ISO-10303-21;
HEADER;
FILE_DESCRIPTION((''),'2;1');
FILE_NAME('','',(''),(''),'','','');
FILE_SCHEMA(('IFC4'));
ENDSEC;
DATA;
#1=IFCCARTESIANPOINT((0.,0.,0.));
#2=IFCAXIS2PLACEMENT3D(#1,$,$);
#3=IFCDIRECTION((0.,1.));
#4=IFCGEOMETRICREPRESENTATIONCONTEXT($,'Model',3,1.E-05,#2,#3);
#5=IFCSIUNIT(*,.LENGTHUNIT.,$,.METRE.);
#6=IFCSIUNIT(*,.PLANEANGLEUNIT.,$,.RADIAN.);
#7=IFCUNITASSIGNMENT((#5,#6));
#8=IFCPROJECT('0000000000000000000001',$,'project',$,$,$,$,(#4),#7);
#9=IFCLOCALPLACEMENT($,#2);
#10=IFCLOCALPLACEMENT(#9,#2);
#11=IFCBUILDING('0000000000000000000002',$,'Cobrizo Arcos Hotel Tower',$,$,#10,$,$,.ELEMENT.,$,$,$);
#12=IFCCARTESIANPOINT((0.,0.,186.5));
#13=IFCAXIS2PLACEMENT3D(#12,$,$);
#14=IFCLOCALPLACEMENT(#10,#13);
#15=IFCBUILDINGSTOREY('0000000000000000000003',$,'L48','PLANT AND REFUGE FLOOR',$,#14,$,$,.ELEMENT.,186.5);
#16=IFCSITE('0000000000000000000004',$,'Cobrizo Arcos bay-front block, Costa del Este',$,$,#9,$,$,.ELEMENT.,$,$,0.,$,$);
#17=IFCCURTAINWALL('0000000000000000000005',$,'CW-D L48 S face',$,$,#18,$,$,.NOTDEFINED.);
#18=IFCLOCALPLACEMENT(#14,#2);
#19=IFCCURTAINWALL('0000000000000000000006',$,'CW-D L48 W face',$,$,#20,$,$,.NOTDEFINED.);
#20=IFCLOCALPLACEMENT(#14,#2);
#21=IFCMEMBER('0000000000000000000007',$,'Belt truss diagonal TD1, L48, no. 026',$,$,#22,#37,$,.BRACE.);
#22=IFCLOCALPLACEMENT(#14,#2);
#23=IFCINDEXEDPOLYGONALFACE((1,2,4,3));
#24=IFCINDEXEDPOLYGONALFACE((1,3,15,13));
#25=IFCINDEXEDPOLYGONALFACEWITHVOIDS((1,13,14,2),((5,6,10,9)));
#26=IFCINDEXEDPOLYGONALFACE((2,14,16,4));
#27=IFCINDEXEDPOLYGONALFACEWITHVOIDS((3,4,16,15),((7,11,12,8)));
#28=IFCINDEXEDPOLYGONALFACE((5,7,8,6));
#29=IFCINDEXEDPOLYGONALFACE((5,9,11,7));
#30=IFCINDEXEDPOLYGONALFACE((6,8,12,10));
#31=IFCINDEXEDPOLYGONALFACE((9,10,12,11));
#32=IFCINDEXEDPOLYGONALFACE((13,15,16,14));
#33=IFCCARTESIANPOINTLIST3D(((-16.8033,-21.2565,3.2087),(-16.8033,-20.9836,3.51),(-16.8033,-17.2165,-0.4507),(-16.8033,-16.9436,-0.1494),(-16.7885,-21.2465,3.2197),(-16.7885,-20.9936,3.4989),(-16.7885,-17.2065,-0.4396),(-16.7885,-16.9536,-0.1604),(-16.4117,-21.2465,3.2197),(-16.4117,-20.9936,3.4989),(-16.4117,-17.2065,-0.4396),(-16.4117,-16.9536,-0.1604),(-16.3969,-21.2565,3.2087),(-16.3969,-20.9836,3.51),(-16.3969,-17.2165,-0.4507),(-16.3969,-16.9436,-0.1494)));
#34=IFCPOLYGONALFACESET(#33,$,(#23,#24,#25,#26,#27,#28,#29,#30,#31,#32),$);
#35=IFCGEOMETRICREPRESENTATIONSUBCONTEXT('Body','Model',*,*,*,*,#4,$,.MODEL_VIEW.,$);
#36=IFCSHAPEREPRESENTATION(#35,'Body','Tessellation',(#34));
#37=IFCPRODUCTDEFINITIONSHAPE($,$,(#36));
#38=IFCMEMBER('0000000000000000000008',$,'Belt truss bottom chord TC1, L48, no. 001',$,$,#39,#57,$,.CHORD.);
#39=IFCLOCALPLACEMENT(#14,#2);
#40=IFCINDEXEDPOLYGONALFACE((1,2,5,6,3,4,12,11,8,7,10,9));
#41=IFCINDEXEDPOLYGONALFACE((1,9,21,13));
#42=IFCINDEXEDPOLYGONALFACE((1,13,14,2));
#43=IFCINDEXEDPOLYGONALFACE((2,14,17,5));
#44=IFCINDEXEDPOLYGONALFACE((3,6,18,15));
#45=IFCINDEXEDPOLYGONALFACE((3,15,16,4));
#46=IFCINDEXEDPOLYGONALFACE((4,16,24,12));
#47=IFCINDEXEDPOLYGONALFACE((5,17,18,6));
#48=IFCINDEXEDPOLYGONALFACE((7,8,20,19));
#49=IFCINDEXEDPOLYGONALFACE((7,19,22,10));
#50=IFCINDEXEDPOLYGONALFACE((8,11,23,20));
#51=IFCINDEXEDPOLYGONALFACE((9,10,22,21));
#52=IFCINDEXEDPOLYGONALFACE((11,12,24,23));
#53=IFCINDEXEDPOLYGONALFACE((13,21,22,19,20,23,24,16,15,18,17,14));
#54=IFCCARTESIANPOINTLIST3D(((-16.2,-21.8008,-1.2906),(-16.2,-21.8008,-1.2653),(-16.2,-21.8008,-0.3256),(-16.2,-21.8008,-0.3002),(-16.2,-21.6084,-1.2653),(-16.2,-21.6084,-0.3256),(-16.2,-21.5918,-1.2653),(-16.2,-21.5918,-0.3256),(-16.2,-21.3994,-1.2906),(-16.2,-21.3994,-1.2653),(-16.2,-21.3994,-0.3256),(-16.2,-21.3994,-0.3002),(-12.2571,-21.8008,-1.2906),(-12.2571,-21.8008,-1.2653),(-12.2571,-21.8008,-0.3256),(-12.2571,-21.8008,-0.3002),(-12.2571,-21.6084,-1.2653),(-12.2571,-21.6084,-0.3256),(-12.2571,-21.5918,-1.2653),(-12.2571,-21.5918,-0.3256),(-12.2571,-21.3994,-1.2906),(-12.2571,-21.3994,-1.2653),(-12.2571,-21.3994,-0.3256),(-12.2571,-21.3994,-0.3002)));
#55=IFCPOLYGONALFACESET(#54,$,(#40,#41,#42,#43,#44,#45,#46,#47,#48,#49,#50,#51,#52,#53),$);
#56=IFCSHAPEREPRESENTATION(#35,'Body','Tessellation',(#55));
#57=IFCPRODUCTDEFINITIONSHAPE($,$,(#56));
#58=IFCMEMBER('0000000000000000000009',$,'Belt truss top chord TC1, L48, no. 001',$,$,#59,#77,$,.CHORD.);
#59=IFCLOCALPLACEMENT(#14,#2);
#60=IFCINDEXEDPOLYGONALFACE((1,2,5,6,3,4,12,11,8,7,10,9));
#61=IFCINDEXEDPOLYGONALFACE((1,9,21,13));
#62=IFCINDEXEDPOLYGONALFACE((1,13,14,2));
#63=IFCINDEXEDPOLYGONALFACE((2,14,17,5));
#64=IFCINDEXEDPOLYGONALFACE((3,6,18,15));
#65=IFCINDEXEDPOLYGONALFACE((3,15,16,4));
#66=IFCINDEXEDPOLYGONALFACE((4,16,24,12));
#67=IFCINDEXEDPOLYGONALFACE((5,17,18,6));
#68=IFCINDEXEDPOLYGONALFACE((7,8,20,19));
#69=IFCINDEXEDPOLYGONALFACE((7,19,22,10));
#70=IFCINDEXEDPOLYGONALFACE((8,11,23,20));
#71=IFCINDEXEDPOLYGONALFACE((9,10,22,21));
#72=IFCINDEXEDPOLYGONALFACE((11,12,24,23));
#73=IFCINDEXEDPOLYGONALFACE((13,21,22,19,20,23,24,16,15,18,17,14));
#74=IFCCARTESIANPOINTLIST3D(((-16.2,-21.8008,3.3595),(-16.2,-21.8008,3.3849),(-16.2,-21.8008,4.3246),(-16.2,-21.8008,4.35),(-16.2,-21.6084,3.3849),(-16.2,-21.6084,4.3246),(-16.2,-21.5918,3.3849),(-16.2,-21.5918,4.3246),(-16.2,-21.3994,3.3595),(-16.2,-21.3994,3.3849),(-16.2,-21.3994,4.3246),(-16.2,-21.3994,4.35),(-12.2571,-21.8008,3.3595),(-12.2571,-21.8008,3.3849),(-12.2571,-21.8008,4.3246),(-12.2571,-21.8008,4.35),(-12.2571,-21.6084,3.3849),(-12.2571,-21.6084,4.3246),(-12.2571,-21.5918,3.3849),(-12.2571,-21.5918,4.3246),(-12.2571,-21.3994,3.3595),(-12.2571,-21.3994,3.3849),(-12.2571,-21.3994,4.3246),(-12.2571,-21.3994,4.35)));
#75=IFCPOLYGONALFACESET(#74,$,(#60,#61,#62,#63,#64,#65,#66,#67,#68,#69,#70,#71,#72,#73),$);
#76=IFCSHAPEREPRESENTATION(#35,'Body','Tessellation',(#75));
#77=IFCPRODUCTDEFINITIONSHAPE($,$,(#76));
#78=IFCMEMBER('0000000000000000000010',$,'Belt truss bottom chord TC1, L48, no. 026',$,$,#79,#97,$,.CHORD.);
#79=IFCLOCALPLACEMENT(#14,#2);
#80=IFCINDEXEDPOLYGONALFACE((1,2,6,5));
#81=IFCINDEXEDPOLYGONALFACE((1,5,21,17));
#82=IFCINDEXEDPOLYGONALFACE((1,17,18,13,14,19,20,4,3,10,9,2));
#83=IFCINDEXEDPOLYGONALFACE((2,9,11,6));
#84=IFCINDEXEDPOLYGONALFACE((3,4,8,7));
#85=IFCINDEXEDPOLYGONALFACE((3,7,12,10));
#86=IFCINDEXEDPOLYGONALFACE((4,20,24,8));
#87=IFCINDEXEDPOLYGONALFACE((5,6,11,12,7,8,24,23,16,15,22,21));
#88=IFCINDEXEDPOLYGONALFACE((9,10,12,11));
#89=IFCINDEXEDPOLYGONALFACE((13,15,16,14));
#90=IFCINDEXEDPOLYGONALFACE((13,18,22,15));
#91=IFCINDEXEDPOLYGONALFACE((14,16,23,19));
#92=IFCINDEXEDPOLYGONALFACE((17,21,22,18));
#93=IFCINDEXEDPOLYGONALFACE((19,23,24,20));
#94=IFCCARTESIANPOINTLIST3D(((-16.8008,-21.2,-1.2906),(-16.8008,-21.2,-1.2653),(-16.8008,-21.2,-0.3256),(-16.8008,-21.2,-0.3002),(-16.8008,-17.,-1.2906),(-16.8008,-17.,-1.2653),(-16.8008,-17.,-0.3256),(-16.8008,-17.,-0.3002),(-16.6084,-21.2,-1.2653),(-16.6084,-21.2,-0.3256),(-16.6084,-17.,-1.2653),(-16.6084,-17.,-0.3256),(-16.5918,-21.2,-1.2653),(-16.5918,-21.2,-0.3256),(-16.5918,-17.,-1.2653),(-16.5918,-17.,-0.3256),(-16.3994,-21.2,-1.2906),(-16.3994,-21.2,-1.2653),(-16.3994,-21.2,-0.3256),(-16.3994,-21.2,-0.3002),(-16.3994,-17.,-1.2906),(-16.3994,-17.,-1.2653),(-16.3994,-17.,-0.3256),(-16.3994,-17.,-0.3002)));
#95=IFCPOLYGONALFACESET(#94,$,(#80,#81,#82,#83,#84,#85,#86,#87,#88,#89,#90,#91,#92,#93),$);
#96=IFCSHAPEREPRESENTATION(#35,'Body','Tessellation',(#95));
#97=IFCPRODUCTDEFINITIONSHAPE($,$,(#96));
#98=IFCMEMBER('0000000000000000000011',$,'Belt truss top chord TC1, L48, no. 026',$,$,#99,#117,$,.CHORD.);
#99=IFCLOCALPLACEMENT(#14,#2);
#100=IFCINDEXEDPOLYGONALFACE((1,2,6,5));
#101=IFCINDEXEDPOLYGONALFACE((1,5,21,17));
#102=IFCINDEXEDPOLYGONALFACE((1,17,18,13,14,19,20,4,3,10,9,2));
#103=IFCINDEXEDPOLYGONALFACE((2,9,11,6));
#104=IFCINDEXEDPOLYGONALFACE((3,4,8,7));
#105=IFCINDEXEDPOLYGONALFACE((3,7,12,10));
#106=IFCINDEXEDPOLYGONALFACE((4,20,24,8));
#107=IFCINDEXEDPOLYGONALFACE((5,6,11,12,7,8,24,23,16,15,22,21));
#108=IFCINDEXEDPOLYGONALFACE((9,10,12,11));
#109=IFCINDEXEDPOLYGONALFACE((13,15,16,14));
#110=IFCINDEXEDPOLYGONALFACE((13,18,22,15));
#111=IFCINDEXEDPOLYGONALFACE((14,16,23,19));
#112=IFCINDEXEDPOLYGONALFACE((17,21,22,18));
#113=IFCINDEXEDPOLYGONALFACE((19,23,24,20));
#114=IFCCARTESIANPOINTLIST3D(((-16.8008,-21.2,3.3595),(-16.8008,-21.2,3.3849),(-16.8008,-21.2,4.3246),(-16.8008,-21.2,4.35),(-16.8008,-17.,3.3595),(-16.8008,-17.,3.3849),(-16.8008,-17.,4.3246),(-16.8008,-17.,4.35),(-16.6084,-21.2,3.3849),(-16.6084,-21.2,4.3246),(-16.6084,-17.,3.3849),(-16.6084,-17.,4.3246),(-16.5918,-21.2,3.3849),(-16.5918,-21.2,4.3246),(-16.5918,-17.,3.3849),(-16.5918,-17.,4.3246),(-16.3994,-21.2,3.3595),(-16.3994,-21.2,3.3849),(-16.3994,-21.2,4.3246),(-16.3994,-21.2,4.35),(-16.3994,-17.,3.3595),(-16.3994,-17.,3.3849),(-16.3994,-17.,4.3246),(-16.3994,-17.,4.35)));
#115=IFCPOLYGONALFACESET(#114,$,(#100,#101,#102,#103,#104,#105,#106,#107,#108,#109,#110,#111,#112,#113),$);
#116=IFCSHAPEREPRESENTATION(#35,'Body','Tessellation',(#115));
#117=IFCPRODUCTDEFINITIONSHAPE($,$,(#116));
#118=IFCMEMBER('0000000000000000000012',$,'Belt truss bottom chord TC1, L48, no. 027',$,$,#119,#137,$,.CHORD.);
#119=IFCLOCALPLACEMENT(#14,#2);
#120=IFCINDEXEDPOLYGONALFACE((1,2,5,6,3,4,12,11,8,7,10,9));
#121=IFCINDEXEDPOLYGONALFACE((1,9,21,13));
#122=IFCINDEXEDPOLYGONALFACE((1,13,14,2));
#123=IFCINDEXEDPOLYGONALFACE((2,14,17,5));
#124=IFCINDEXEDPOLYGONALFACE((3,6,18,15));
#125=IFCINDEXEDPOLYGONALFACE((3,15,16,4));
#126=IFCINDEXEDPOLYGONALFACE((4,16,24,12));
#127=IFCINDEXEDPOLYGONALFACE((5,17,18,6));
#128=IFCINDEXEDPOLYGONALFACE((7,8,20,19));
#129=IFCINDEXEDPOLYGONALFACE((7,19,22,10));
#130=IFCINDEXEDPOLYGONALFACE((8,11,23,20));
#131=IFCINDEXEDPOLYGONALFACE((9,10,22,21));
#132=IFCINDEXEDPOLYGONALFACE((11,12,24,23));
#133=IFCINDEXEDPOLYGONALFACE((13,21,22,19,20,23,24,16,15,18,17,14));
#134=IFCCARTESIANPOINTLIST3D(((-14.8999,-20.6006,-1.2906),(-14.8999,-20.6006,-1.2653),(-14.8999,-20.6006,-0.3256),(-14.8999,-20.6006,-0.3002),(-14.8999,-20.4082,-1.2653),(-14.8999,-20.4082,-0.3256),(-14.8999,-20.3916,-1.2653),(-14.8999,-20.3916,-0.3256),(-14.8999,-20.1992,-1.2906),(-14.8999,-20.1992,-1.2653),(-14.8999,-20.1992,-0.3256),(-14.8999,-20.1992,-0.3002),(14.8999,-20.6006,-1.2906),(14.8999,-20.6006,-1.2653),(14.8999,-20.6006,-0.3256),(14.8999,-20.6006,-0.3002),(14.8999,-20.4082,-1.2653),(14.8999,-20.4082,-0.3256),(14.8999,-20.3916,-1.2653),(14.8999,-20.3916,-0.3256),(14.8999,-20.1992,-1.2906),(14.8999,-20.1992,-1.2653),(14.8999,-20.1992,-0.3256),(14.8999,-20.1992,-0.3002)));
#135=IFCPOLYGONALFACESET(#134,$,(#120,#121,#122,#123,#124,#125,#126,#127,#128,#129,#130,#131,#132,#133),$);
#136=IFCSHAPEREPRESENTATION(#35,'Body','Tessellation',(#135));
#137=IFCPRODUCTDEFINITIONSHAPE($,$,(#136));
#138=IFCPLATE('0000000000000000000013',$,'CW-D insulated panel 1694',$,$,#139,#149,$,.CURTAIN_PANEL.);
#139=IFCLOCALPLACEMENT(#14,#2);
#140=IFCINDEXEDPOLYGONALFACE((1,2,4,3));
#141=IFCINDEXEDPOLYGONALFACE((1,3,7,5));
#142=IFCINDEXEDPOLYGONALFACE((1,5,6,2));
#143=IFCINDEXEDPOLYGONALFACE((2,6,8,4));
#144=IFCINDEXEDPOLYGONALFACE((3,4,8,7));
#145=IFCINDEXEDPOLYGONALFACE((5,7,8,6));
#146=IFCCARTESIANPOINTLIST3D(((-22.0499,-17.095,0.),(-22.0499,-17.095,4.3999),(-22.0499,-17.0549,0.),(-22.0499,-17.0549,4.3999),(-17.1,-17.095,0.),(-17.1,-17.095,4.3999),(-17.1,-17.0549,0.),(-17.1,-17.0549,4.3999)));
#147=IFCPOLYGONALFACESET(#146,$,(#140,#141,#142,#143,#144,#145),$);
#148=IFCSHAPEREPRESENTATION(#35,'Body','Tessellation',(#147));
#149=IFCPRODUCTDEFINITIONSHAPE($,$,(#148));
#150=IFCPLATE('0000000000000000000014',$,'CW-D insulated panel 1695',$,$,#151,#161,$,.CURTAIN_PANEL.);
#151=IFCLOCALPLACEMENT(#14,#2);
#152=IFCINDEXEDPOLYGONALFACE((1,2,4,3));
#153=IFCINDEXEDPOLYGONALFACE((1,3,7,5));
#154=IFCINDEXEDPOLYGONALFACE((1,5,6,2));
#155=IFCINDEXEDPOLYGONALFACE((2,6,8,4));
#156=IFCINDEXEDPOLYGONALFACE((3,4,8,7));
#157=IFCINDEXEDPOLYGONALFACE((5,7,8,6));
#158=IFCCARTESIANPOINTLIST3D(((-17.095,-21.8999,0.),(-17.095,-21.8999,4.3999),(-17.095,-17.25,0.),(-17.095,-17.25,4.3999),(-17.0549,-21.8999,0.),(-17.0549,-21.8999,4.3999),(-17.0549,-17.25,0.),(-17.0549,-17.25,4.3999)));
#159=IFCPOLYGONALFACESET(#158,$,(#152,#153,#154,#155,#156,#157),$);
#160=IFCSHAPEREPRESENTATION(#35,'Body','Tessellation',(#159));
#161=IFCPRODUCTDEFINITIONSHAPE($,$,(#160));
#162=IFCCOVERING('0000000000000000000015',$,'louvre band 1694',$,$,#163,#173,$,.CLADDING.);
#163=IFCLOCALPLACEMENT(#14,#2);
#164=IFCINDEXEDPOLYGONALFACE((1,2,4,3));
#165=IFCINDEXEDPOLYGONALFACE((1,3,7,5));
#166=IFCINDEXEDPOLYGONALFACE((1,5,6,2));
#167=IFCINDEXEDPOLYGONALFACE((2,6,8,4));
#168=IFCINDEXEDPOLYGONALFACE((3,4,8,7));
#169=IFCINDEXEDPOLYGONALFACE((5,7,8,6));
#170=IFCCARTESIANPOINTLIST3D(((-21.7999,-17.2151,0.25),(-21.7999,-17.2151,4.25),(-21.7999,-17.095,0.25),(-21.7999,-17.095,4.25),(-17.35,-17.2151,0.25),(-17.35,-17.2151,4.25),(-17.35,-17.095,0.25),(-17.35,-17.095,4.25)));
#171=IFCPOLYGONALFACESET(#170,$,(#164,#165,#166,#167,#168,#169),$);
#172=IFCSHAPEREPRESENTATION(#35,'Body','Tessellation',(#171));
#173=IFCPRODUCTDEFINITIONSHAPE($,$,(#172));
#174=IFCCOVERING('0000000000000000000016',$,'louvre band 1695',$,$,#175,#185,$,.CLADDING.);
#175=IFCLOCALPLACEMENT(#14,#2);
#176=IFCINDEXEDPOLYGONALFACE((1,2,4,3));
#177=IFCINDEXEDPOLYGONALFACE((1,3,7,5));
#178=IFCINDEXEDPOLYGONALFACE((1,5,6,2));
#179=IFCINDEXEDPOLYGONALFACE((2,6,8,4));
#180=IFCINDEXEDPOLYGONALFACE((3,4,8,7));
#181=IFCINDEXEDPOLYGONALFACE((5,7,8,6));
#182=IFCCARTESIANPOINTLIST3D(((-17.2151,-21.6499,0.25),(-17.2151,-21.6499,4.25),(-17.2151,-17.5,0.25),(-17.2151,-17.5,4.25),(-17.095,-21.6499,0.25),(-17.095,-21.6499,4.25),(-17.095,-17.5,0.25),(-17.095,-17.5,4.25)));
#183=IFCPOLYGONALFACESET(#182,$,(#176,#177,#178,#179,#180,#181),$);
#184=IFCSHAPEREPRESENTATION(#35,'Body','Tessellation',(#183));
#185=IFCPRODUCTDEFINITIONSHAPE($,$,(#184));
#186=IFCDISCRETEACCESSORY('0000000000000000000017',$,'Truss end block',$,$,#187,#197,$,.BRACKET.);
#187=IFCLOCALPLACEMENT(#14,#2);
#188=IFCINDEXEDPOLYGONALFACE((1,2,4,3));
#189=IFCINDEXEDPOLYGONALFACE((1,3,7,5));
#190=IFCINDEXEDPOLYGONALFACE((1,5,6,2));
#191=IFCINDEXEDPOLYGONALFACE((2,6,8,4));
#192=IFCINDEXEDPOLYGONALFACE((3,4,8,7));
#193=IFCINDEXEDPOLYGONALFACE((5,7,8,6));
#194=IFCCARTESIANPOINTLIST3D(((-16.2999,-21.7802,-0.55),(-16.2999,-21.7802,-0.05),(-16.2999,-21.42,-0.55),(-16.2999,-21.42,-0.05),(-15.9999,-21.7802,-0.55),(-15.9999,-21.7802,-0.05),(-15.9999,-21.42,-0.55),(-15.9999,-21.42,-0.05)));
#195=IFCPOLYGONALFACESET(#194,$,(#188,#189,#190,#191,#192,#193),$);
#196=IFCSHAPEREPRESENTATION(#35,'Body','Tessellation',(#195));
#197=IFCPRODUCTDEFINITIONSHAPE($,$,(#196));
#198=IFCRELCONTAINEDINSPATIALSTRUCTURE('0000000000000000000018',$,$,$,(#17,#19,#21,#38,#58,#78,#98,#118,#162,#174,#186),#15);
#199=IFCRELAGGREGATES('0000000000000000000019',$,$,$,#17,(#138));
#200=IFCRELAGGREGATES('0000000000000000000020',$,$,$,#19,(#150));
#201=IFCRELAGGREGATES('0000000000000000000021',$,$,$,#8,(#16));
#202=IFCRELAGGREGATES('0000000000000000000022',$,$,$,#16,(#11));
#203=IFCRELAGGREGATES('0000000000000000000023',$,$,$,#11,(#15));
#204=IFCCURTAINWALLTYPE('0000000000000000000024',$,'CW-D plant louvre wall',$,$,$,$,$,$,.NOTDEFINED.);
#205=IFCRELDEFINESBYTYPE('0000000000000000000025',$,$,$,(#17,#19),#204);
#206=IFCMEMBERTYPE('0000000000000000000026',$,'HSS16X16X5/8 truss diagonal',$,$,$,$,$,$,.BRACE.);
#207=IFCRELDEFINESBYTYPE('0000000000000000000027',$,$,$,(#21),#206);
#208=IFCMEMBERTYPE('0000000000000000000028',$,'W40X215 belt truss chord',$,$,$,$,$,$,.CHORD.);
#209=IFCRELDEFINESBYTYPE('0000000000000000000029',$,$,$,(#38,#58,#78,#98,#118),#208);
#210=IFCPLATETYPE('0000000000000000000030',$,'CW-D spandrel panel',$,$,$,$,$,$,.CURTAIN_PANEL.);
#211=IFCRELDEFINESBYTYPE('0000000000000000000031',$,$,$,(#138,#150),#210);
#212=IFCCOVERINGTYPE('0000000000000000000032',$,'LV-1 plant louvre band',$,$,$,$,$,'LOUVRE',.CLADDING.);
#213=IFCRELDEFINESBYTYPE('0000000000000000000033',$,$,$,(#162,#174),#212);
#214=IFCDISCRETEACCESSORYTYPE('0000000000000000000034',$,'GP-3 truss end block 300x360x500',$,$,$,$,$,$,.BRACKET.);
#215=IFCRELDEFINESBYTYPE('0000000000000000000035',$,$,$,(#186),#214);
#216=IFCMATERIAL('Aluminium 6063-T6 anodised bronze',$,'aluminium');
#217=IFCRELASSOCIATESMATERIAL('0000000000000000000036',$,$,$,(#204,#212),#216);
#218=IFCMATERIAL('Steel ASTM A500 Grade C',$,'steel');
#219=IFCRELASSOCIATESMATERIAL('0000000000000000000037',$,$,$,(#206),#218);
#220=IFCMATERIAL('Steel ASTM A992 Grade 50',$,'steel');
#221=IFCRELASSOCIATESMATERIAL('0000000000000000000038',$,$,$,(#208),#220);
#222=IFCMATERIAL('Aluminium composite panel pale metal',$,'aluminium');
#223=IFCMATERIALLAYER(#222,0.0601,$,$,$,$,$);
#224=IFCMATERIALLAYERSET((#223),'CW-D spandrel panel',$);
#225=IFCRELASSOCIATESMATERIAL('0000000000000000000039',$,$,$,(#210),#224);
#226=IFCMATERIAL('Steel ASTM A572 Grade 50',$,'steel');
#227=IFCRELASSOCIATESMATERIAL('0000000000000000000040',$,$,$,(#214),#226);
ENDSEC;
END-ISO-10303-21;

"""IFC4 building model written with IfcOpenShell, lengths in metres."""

from ifc_helpers import new_model, si_unit, direction, frame, origin, origin_2d, place, context, subcontext, project, spatial, rectangle, hollow_rectangle, i_section, extrude, material, layer, layer_set, material_profile, profile_set, type_object, element, aggregate, save


model = new_model("IFC4")

# Units and contexts
model_context = context("Model", 3, precision=1e-05, world=origin(), true_north=direction((0.0, 1.0)))
body_context = subcontext(model_context, "Body", "Model", "MODEL_VIEW")
ifc_project = project(units=[si_unit("LENGTHUNIT", "METRE"), si_unit("PLANEANGLEUNIT", "RADIAN")], contexts=[model_context])

# Site, building, storey
site_placement = place(None, origin())
site = spatial("IfcSite", under=ifc_project, at=site_placement, Name="Cobrizo Arcos bay-front block, Costa del Este", CompositionType="ELEMENT", RefElevation=0.0)
building_placement = place(site_placement, origin())
building = spatial("IfcBuilding", under=site, at=building_placement, Name="Cobrizo Arcos Hotel Tower", CompositionType="ELEMENT")
storey_placement = place(building_placement, frame((0.0, 0.0, 186.5)))
storey = spatial("IfcBuildingStorey", under=building, at=storey_placement, Name="L48", Description="PLANT AND REFUGE FLOOR", CompositionType="ELEMENT", Elevation=186.5)

# Shared definitions
ifc_material_1 = material(Name="Steel ASTM A572 Grade 50", Category="steel")

# Shared definitions
ifc_material_2 = material(Name="Aluminium 6063-T6 anodised bronze", Category="aluminium")
curtain_wall_type = type_object("IfcCurtainWallType", Name="CW-D plant louvre wall", PredefinedType="NOTDEFINED", material=ifc_material_2)

# Curtain walls
curtain_wall_1_placement = place(storey_placement, origin())
curtain_wall_1 = element("IfcCurtainWall", 1, at=curtain_wall_1_placement, inside=storey, type_object=curtain_wall_type, Name="CW-D L48 S face", PredefinedType="NOTDEFINED")
curtain_wall_2_placement = place(storey_placement, origin())
curtain_wall_2 = element("IfcCurtainWall", 2, at=curtain_wall_2_placement, inside=storey, type_object=curtain_wall_type, Name="CW-D L48 W face", PredefinedType="NOTDEFINED")

# Members
ifc_material_3 = material(Name="Steel ASTM A500 Grade C", Category="steel")
ifc_material_profile_1 = material_profile(ifc_material_3, hollow_rectangle(XDim=0.4065, YDim=0.4065, WallThickness=0.0149, at=origin_2d()), Name="HSS16X16X5/8")
ifc_profile_set_1 = profile_set([ifc_material_profile_1], Name="Steel ASTM A500 Grade C")
member_type_1 = type_object("IfcMemberType", Name="HSS16X16X5/8 truss diagonal", PredefinedType="BRACE", material=ifc_profile_set_1)
member_1_placement = place(storey_placement, frame((-16.6001, -17.0801, -0.3), z_axis=(0.0, -0.741157, 0.671332), x_axis=(1.0, 0.0, 0.0)))
element("IfcMember", 3, at=member_1_placement, inside=storey, type_object=member_type_1, Name="Belt truss diagonal TD1, L48, no. 026", PredefinedType="BRACE", context=body_context, shape_type="SweptSolid", body=[
    extrude(hollow_rectangle(XDim=0.4065, YDim=0.4065, WallThickness=0.0149, at=origin_2d()), origin(), (0.0, 0.0, 1.0), 5.4509),
])
ifc_material_4 = material(Name="Steel ASTM A992 Grade 50", Category="steel")
ifc_material_profile_2 = material_profile(ifc_material_4, i_section(OverallWidth=0.4014, OverallDepth=0.9905, WebThickness=0.0166, FlangeThickness=0.0254, at=origin_2d()), Name="W40X215")
ifc_profile_set_2 = profile_set([ifc_material_profile_2], Name="Steel ASTM A992 Grade 50")
member_type_2 = type_object("IfcMemberType", Name="W40X215 belt truss chord", PredefinedType="CHORD", material=ifc_profile_set_2)
for number, where, z_axis, x_axis, name in (
    (4, (-16.2, -21.6001, -0.7954), (1.0, 0.0, 0.0), (0.0, 1.0, 0.0), "Belt truss bottom chord TC1, L48, no. 001"),
    (5, (-16.2, -21.6001, 3.8547), (1.0, 0.0, 0.0), (0.0, 1.0, 0.0), "Belt truss top chord TC1, L48, no. 001"),
):
    element("IfcMember", number, at=place(storey_placement, frame(where, z_axis=z_axis, x_axis=x_axis)), inside=storey, type_object=member_type_2, Name=name, PredefinedType="CHORD", context=body_context, shape_type="SweptSolid", body=[
        extrude(i_section(OverallWidth=0.4014, OverallDepth=0.9905, WebThickness=0.0166, FlangeThickness=0.0254, at=origin_2d()), origin(), (0.0, 0.0, 1.0), 3.9429),
    ])
for number, where, z_axis, x_axis, name in (
    (6, (-16.6001, -17.0, -0.7954), (0.0, -1.0, 0.0), (1.0, 0.0, 0.0), "Belt truss bottom chord TC1, L48, no. 026"),
    (7, (-16.6001, -17.0, 3.8547), (0.0, -1.0, 0.0), (1.0, 0.0, 0.0), "Belt truss top chord TC1, L48, no. 026"),
):
    element("IfcMember", number, at=place(storey_placement, frame(where, z_axis=z_axis, x_axis=x_axis)), inside=storey, type_object=member_type_2, Name=name, PredefinedType="CHORD", context=body_context, shape_type="SweptSolid", body=[
        extrude(i_section(OverallWidth=0.4014, OverallDepth=0.9905, WebThickness=0.0166, FlangeThickness=0.0254, at=origin_2d()), origin(), (0.0, 0.0, 1.0), 4.2),
    ])
member_2_placement = place(storey_placement, frame((-14.8999, -20.3999, -0.7954), z_axis=(1.0, 0.0, 0.0), x_axis=(0.0, 1.0, 0.0)))
element("IfcMember", 8, at=member_2_placement, inside=storey, type_object=member_type_2, Name="Belt truss bottom chord TC1, L48, no. 027", PredefinedType="CHORD", context=body_context, shape_type="SweptSolid", body=[
    extrude(i_section(OverallWidth=0.4014, OverallDepth=0.9905, WebThickness=0.0166, FlangeThickness=0.0254, at=origin_2d()), origin(), (0.0, 0.0, 1.0), 29.7998),
])

# Plates
ifc_material_5 = material(Name="Aluminium composite panel pale metal", Category="aluminium")
ifc_layer = layer(ifc_material_5, 0.0601)
ifc_layer_set = layer_set([ifc_layer], Name="CW-D spandrel panel")
plate_type = type_object("IfcPlateType", Name="CW-D spandrel panel", PredefinedType="CURTAIN_PANEL", material=ifc_layer_set)
plate_1_placement = place(storey_placement, frame((-19.575, -17.075, 0.0), z_axis=(0.0, 0.0, 1.0), x_axis=(1.0, 0.0, 0.0)))
plate_1 = element("IfcPlate", 9, at=plate_1_placement, type_object=plate_type, Name="CW-D insulated panel 1694", PredefinedType="CURTAIN_PANEL", context=body_context, shape_type="SweptSolid", body=[
    extrude(rectangle(XDim=4.95, YDim=0.04, at=origin_2d()), origin(), (0.0, 0.0, 1.0), 4.3999),
])
aggregate(curtain_wall_1, [plate_1])
plate_2_placement = place(storey_placement, frame((-17.075, -19.575, 0.0), z_axis=(0.0, 0.0, 1.0), x_axis=(0.0, -1.0, 0.0)))
plate_2 = element("IfcPlate", 10, at=plate_2_placement, type_object=plate_type, Name="CW-D insulated panel 1695", PredefinedType="CURTAIN_PANEL", context=body_context, shape_type="SweptSolid", body=[
    extrude(rectangle(XDim=4.6499, YDim=0.04, at=origin_2d()), origin(), (0.0, 0.0, 1.0), 4.3999),
])
aggregate(curtain_wall_2, [plate_2])

# Coverings
covering_type = type_object("IfcCoveringType", Name="LV-1 plant louvre band", ElementType="LOUVRE", PredefinedType="CLADDING", material=ifc_material_2)
covering_1_placement = place(storey_placement, frame((-19.575, -17.155, 0.25), z_axis=(0.0, 0.0, 1.0), x_axis=(1.0, 0.0, 0.0)))
element("IfcCovering", 11, at=covering_1_placement, inside=storey, type_object=covering_type, Name="louvre band 1694", PredefinedType="CLADDING", context=body_context, shape_type="SweptSolid", body=[
    extrude(rectangle(XDim=4.45, YDim=0.1201, at=origin_2d()), origin(), (0.0, 0.0, 1.0), 4.0),
])
covering_2_placement = place(storey_placement, frame((-17.155, -19.575, 0.25), z_axis=(0.0, 0.0, 1.0), x_axis=(0.0, -1.0, 0.0)))
element("IfcCovering", 12, at=covering_2_placement, inside=storey, type_object=covering_type, Name="louvre band 1695", PredefinedType="CLADDING", context=body_context, shape_type="SweptSolid", body=[
    extrude(rectangle(XDim=4.1499, YDim=0.1201, at=origin_2d()), origin(), (0.0, 0.0, 1.0), 4.0),
])

# Discrete accessory
discrete_accessory_type = type_object("IfcDiscreteAccessoryType", Name="GP-3 truss end block 300x360x500", PredefinedType="BRACKET", material=ifc_material_1)
for number, where, z_axis, x_axis, name in (
    (13, (-16.1499, -21.6001, -0.55), (0.0, 0.0, 1.0), (1.0, 0.0, 0.0), "Truss end block"),
):
    element("IfcDiscreteAccessory", number, at=place(storey_placement, frame(where, z_axis=z_axis, x_axis=x_axis)), inside=storey, type_object=discrete_accessory_type, Name=name, PredefinedType="BRACKET", context=body_context, shape_type="SweptSolid", body=[
        extrude(rectangle(XDim=0.3, YDim=0.3601, at=origin_2d()), origin(), (0.0, 0.0, 1.0), 0.5),
    ])

save(model, "model.ifc")
